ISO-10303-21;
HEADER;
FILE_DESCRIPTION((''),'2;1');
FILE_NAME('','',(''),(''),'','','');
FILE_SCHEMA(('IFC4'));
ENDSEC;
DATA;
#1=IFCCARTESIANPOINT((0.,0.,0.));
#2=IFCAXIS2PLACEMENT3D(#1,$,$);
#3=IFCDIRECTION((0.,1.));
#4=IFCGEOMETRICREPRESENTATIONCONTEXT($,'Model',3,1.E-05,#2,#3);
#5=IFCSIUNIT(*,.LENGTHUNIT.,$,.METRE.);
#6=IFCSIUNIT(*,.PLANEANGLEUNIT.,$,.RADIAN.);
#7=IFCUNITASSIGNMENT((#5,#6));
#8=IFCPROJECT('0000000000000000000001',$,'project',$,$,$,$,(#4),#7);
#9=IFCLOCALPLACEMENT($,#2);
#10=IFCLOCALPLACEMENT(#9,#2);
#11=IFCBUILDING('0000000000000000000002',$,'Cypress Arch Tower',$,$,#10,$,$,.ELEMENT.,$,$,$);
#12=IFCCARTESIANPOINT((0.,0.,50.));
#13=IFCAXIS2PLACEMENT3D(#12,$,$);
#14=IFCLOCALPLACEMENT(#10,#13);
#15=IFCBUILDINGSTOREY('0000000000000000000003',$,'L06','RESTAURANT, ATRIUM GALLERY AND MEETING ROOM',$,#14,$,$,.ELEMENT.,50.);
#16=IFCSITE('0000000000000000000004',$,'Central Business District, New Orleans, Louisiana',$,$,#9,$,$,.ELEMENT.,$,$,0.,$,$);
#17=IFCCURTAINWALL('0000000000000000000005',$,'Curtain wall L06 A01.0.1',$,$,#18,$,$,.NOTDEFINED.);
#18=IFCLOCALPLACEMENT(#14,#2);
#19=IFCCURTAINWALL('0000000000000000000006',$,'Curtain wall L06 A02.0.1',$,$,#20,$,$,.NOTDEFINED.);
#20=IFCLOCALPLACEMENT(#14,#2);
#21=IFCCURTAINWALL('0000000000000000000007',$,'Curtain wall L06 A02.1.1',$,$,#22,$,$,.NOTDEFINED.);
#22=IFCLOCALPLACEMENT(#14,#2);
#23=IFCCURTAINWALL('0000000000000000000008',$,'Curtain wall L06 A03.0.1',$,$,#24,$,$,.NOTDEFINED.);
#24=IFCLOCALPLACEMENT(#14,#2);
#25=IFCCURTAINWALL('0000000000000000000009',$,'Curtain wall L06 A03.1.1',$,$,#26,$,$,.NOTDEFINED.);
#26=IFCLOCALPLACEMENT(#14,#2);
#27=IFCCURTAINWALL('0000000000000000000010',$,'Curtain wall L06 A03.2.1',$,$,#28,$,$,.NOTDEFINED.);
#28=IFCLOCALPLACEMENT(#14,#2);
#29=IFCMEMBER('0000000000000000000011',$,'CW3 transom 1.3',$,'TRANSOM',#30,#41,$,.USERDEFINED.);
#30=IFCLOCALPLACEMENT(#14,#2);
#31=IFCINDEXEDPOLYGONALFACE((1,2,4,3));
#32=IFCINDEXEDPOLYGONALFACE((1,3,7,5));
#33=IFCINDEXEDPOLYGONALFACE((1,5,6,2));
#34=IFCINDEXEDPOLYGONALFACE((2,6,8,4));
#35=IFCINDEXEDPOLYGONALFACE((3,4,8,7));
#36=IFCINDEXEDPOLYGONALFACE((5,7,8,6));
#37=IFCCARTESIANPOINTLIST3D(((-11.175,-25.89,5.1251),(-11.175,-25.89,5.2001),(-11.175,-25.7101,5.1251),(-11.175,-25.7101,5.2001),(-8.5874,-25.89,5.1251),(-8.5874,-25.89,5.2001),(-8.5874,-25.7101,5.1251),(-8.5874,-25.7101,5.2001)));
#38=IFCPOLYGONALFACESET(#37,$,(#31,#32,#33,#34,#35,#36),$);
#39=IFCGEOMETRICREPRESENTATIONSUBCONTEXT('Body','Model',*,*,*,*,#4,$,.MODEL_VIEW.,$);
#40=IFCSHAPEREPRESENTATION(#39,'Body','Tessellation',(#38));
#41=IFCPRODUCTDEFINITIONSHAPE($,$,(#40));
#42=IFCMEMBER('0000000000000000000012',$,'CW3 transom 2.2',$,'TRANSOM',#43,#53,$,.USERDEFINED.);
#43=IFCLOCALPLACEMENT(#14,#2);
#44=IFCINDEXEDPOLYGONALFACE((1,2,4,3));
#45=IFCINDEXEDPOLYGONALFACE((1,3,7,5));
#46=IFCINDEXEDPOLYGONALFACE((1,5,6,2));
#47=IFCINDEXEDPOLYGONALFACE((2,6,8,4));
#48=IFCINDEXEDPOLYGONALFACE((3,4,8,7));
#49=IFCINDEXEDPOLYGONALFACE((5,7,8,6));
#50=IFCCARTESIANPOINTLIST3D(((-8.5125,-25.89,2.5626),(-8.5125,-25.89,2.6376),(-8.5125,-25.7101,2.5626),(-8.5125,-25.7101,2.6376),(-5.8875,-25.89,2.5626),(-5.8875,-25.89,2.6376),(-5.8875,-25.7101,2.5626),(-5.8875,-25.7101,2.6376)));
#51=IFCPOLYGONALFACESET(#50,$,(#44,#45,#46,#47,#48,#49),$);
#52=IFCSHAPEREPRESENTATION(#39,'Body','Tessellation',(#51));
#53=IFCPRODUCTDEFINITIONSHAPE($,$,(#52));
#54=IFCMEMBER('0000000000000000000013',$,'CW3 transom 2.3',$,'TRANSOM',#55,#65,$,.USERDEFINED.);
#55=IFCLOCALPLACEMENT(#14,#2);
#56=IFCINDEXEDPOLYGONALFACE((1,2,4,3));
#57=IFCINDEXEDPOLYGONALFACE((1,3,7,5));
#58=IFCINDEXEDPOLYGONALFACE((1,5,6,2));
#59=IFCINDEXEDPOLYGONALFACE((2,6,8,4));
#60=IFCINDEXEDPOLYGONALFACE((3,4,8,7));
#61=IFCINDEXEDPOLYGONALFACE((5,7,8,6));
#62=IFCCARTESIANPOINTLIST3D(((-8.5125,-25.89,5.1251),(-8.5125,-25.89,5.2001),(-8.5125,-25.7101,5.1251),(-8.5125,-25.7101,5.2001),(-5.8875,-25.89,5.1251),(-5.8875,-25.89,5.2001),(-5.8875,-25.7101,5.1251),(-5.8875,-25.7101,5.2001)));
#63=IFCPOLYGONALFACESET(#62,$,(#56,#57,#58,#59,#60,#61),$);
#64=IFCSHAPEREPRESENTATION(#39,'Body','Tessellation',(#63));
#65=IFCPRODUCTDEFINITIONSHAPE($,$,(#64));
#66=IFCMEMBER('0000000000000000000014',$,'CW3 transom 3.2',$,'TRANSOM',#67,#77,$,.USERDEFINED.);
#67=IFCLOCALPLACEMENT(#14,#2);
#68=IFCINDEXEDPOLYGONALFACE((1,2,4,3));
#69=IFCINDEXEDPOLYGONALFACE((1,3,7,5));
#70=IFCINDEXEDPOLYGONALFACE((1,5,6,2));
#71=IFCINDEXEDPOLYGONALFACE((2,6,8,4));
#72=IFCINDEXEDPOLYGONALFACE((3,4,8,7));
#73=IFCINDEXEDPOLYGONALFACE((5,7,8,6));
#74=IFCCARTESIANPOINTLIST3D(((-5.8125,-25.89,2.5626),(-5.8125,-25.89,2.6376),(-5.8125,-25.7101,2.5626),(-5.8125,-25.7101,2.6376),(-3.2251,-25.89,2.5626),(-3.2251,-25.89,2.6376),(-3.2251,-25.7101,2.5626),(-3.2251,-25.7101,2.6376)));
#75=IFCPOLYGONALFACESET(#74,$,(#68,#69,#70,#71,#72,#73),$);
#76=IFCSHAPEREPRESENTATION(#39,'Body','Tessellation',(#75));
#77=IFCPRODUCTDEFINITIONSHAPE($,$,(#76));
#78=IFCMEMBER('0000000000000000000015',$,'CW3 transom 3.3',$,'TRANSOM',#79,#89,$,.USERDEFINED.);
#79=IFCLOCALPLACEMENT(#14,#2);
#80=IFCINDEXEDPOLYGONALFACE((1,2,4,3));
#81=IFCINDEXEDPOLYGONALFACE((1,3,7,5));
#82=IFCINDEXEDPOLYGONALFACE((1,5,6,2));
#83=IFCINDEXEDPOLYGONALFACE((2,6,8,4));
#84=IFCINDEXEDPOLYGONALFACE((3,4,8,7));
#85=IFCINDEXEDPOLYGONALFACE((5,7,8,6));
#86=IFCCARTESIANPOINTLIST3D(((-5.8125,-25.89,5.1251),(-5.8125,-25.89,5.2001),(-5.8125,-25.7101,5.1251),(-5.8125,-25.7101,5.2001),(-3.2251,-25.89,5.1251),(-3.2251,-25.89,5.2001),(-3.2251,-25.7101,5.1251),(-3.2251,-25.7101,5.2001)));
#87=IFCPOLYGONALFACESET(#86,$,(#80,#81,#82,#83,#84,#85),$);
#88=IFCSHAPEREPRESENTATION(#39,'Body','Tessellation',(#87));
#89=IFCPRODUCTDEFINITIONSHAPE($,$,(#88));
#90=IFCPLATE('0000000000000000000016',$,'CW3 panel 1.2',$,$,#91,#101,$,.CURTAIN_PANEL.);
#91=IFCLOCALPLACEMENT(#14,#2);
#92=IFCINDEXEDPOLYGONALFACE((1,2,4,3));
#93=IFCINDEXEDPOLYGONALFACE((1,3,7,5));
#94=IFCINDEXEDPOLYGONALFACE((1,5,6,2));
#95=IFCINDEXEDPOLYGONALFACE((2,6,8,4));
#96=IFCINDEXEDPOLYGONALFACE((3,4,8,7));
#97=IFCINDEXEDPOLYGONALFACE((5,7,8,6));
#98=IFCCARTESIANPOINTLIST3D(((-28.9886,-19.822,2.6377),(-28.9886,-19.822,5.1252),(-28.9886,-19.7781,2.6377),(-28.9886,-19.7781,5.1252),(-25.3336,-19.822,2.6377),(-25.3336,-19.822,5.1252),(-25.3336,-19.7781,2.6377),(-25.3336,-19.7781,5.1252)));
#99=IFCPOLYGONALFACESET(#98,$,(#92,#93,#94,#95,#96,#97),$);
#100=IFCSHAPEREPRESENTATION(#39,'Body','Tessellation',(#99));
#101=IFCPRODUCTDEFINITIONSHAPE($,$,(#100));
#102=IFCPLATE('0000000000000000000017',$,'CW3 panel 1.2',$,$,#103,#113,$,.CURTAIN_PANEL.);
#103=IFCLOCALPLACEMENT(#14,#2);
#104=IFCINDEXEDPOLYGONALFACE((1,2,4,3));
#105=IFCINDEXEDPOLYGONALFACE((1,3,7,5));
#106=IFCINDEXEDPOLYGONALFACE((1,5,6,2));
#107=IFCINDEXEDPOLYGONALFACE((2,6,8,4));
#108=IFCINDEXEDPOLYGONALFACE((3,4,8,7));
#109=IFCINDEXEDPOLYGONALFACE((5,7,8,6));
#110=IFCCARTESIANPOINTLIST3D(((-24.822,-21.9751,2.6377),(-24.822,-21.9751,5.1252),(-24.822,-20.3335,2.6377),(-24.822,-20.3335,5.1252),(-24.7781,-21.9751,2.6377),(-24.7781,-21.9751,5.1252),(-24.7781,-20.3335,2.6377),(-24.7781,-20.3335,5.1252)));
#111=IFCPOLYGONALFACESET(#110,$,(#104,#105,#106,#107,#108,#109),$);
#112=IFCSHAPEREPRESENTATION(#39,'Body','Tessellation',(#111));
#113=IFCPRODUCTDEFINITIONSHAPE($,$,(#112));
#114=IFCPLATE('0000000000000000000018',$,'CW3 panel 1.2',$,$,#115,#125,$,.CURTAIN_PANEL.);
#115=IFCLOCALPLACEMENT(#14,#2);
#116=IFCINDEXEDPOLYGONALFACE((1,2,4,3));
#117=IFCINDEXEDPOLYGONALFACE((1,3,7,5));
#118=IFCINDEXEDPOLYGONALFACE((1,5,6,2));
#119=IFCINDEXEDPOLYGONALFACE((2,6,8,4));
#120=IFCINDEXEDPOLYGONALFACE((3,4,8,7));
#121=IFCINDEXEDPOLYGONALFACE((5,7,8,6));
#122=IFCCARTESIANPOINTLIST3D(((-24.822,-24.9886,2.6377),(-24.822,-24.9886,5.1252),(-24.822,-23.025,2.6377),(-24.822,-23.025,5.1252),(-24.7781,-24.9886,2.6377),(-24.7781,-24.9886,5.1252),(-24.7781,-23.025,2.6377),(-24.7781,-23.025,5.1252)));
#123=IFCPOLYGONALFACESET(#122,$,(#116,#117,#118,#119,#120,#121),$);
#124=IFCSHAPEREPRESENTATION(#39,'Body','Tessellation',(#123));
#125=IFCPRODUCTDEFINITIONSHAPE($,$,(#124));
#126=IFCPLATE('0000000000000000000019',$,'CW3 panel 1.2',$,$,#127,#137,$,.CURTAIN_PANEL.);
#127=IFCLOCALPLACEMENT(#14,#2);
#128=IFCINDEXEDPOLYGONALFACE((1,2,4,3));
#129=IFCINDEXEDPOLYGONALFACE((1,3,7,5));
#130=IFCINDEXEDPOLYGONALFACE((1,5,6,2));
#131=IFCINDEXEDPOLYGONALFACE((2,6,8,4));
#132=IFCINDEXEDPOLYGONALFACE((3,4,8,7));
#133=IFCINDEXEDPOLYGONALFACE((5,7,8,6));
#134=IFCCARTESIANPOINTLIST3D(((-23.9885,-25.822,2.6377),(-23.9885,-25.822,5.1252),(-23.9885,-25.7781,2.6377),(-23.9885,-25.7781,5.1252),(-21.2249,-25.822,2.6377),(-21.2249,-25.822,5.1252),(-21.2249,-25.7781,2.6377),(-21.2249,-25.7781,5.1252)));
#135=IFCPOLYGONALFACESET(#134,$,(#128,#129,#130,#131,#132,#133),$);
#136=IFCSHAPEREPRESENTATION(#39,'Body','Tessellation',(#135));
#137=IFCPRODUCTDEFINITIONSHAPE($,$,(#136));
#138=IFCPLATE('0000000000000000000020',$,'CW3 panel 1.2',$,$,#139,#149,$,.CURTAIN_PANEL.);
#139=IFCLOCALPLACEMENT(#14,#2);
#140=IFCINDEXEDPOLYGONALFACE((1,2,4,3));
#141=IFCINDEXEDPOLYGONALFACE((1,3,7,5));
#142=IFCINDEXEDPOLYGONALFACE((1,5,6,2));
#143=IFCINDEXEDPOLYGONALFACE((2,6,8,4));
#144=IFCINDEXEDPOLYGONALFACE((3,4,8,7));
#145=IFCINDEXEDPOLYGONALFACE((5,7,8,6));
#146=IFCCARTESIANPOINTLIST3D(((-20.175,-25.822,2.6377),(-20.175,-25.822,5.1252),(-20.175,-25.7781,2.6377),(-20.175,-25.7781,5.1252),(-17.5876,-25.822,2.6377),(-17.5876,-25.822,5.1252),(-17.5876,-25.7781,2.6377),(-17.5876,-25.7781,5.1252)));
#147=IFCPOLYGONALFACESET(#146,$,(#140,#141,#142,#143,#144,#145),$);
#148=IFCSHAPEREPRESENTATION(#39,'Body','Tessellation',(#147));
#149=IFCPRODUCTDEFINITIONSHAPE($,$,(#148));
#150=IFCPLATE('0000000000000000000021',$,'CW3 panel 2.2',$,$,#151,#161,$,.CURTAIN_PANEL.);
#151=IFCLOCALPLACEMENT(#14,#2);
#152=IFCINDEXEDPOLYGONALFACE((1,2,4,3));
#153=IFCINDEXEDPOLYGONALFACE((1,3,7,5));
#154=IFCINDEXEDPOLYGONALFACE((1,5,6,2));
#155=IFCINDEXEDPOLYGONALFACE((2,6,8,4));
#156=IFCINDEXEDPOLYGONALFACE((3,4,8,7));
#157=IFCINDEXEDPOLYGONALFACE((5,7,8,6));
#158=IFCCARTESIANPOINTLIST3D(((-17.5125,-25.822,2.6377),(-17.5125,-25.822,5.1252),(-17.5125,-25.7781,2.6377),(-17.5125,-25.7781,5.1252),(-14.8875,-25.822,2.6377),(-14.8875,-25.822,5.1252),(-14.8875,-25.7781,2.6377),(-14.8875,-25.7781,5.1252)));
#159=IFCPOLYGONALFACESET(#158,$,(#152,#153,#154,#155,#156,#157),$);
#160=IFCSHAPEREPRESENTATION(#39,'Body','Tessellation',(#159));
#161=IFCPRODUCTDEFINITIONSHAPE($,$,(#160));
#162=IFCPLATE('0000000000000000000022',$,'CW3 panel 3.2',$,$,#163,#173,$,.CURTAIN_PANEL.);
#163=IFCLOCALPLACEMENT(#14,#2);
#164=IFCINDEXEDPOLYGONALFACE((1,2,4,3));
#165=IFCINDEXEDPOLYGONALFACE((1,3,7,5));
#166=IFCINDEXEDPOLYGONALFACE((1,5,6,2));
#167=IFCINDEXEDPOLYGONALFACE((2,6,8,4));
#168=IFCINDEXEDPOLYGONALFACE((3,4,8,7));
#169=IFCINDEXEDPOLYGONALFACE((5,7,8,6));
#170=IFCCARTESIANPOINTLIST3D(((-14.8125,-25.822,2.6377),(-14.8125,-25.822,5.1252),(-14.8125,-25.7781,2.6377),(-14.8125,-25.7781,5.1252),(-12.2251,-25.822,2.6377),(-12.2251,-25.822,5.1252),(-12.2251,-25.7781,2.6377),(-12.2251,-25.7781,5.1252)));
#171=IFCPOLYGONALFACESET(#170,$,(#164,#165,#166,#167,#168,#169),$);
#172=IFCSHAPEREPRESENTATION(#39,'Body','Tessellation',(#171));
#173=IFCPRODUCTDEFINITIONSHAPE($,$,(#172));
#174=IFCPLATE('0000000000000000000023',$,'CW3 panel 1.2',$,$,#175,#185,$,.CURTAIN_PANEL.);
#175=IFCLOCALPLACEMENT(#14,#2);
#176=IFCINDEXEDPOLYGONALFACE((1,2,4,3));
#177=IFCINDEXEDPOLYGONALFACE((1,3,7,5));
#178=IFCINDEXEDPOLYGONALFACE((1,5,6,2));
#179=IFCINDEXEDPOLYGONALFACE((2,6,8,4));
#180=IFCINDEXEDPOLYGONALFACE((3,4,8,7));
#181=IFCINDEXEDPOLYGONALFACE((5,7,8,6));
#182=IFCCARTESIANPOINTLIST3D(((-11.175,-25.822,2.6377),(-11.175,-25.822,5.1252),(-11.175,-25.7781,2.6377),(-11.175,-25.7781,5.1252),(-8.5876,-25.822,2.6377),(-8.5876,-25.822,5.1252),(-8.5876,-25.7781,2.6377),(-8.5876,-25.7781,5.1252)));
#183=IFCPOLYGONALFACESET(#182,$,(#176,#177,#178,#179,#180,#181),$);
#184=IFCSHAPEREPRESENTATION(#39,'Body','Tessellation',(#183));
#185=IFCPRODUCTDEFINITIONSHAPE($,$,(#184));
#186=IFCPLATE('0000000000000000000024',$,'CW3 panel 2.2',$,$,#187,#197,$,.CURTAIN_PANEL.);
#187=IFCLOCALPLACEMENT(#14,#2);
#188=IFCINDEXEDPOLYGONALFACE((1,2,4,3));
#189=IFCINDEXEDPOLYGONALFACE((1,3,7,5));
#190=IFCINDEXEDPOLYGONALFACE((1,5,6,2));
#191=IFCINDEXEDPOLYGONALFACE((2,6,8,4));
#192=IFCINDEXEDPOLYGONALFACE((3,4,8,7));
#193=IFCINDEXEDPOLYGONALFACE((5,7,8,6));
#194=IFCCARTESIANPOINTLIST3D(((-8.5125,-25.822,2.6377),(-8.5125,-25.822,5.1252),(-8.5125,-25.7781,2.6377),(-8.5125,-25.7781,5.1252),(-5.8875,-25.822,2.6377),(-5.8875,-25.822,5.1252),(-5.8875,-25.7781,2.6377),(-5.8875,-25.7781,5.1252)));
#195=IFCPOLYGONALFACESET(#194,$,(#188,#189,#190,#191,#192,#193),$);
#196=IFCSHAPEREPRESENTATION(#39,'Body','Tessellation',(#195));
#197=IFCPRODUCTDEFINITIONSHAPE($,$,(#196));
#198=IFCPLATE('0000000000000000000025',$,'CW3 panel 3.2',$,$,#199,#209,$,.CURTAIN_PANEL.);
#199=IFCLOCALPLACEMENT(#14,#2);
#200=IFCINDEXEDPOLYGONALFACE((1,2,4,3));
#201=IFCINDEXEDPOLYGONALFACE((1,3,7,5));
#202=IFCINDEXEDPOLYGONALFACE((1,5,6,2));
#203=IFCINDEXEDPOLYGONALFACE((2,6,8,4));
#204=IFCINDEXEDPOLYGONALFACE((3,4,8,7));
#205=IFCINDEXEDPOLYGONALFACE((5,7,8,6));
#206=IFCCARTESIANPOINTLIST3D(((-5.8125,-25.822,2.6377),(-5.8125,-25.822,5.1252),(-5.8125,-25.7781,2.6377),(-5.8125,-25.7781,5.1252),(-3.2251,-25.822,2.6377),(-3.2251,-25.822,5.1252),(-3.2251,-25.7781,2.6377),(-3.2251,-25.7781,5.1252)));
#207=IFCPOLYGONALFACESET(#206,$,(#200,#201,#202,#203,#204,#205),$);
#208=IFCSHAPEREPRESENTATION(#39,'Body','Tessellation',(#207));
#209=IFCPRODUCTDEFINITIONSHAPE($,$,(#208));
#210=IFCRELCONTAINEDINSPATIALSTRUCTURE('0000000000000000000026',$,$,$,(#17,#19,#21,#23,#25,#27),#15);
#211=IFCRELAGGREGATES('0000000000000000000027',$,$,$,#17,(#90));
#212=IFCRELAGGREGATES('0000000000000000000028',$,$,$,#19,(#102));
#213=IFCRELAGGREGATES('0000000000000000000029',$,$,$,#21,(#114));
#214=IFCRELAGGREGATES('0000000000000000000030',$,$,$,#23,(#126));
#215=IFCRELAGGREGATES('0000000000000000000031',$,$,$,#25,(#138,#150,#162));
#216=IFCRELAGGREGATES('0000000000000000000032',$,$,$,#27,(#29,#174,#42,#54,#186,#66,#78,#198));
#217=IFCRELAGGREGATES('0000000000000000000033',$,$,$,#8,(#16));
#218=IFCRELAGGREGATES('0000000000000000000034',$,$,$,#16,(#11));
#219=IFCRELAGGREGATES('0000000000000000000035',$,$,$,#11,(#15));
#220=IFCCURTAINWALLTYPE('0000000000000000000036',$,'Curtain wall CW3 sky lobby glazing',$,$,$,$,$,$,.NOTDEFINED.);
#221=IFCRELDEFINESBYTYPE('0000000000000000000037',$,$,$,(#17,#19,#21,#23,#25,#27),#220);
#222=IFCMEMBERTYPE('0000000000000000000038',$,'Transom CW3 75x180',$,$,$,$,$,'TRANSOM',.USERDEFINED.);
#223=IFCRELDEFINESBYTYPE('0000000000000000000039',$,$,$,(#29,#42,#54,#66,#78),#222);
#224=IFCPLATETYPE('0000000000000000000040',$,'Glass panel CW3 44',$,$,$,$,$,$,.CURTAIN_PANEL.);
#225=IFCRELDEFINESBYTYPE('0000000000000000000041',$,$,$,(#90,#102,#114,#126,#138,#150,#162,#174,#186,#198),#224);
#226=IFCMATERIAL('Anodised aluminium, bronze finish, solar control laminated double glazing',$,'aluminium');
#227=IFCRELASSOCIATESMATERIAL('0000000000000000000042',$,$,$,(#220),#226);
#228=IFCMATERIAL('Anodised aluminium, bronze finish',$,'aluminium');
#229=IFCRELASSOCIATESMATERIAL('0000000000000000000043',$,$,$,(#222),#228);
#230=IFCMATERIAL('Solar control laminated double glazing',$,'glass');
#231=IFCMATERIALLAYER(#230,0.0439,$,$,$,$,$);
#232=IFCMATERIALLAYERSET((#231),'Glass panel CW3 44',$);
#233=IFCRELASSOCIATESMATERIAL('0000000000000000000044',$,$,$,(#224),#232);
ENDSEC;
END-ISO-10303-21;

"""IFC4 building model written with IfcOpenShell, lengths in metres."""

from ifc_helpers import new_model, si_unit, direction, frame, origin, origin_2d, place, context, subcontext, project, spatial, rectangle, extrude, material, layer, layer_set, material_profile, profile_set, type_object, element, aggregate, save


model = new_model("IFC4")

# Units and contexts
model_context = context("Model", 3, precision=1e-05, world=origin(), true_north=direction((0.0, 1.0)))
body_context = subcontext(model_context, "Body", "Model", "MODEL_VIEW")
ifc_project = project(units=[si_unit("LENGTHUNIT", "METRE"), si_unit("PLANEANGLEUNIT", "RADIAN")], contexts=[model_context])

# Site, building, storey
site_placement = place(None, origin())
site = spatial("IfcSite", under=ifc_project, at=site_placement, Name="Central Business District, New Orleans, Louisiana", CompositionType="ELEMENT", RefElevation=0.0)
building_placement = place(site_placement, origin())
building = spatial("IfcBuilding", under=site, at=building_placement, Name="Cypress Arch Tower", CompositionType="ELEMENT")
storey_placement = place(building_placement, frame((0.0, 0.0, 50.0)))
storey = spatial("IfcBuildingStorey", under=building, at=storey_placement, Name="L06", Description="RESTAURANT, ATRIUM GALLERY AND MEETING ROOM", CompositionType="ELEMENT", Elevation=50.0)

# Curtain walls, members
ifc_material_1 = material(Name="Anodised aluminium, bronze finish, solar control laminated double glazing", Category="aluminium")
curtain_wall_type = type_object("IfcCurtainWallType", Name="Curtain wall CW3 sky lobby glazing", PredefinedType="NOTDEFINED", material=ifc_material_1)
curtain_wall_1_placement = place(storey_placement, origin())
curtain_wall_1 = element("IfcCurtainWall", 1, at=curtain_wall_1_placement, inside=storey, type_object=curtain_wall_type, Name="Curtain wall L06 A01.0.1", PredefinedType="NOTDEFINED")
ifc_material_2 = material(Name="Anodised aluminium, bronze finish", Category="aluminium")
ifc_material_profile_1 = material_profile(ifc_material_2, rectangle(XDim=0.1799, YDim=0.075, at=origin_2d()), Name="Transom 75x180")
ifc_profile_set_1 = profile_set([ifc_material_profile_1], Name="Anodised aluminium, bronze finish")
member_type = type_object("IfcMemberType", Name="Transom CW3 75x180", ElementType="TRANSOM", PredefinedType="USERDEFINED", material=ifc_profile_set_1)
curtain_wall_2_placement = place(storey_placement, origin())
curtain_wall_2 = element("IfcCurtainWall", 2, at=curtain_wall_2_placement, inside=storey, type_object=curtain_wall_type, Name="Curtain wall L06 A02.0.1", PredefinedType="NOTDEFINED")
curtain_wall_3_placement = place(storey_placement, origin())
curtain_wall_3 = element("IfcCurtainWall", 3, at=curtain_wall_3_placement, inside=storey, type_object=curtain_wall_type, Name="Curtain wall L06 A02.1.1", PredefinedType="NOTDEFINED")
curtain_wall_4_placement = place(storey_placement, origin())
curtain_wall_4 = element("IfcCurtainWall", 4, at=curtain_wall_4_placement, inside=storey, type_object=curtain_wall_type, Name="Curtain wall L06 A03.0.1", PredefinedType="NOTDEFINED")
curtain_wall_5_placement = place(storey_placement, origin())
curtain_wall_5 = element("IfcCurtainWall", 5, at=curtain_wall_5_placement, inside=storey, type_object=curtain_wall_type, Name="Curtain wall L06 A03.1.1", PredefinedType="NOTDEFINED")
curtain_wall_6_placement = place(storey_placement, origin())
curtain_wall_6 = element("IfcCurtainWall", 6, at=curtain_wall_6_placement, inside=storey, type_object=curtain_wall_type, Name="Curtain wall L06 A03.2.1", PredefinedType="NOTDEFINED")
member_1_placement = place(storey_placement, frame((-11.175, -25.8, 5.1626), z_axis=(1.0, 0.0, 0.0), x_axis=(0.0, 1.0, 0.0)))
member_1 = element("IfcMember", 7, at=member_1_placement, type_object=member_type, Name="CW3 transom 1.3", ObjectType="TRANSOM", PredefinedType="USERDEFINED", context=body_context, shape_type="SweptSolid", body=[
    extrude(rectangle(XDim=0.1799, YDim=0.075, at=origin_2d()), origin(), (0.0, 0.0, 1.0), 2.5876),
])
member_2_placement = place(storey_placement, frame((-8.5125, -25.8, 2.6001), z_axis=(1.0, 0.0, 0.0), x_axis=(0.0, 1.0, 0.0)))
member_2 = element("IfcMember", 8, at=member_2_placement, type_object=member_type, Name="CW3 transom 2.2", ObjectType="TRANSOM", PredefinedType="USERDEFINED", context=body_context, shape_type="SweptSolid", body=[
    extrude(rectangle(XDim=0.1799, YDim=0.075, at=origin_2d()), origin(), (0.0, 0.0, 1.0), 2.625),
])
member_3_placement = place(storey_placement, frame((-8.5125, -25.8, 5.1626), z_axis=(1.0, 0.0, 0.0), x_axis=(0.0, 1.0, 0.0)))
member_3 = element("IfcMember", 9, at=member_3_placement, type_object=member_type, Name="CW3 transom 2.3", ObjectType="TRANSOM", PredefinedType="USERDEFINED", context=body_context, shape_type="SweptSolid", body=[
    extrude(rectangle(XDim=0.1799, YDim=0.075, at=origin_2d()), origin(), (0.0, 0.0, 1.0), 2.625),
])
member_4_placement = place(storey_placement, frame((-5.8125, -25.8, 2.6001), z_axis=(1.0, 0.0, 0.0), x_axis=(0.0, 1.0, 0.0)))
member_4 = element("IfcMember", 10, at=member_4_placement, type_object=member_type, Name="CW3 transom 3.2", ObjectType="TRANSOM", PredefinedType="USERDEFINED", context=body_context, shape_type="SweptSolid", body=[
    extrude(rectangle(XDim=0.1799, YDim=0.075, at=origin_2d()), origin(), (0.0, 0.0, 1.0), 2.5874),
])
member_5_placement = place(storey_placement, frame((-5.8125, -25.8, 5.1626), z_axis=(1.0, 0.0, 0.0), x_axis=(0.0, 1.0, 0.0)))
member_5 = element("IfcMember", 11, at=member_5_placement, type_object=member_type, Name="CW3 transom 3.3", ObjectType="TRANSOM", PredefinedType="USERDEFINED", context=body_context, shape_type="SweptSolid", body=[
    extrude(rectangle(XDim=0.1799, YDim=0.075, at=origin_2d()), origin(), (0.0, 0.0, 1.0), 2.5874),
])

# Plates
ifc_material_3 = material(Name="Solar control laminated double glazing", Category="glass")
ifc_layer = layer(ifc_material_3, 0.0439)
ifc_layer_set = layer_set([ifc_layer], Name="Glass panel CW3 44")
plate_type = type_object("IfcPlateType", Name="Glass panel CW3 44", PredefinedType="CURTAIN_PANEL", material=ifc_layer_set)
plate_1_placement = place(storey_placement, frame((-27.1611, -19.8, 2.6377), z_axis=(0.0, 0.0, 1.0), x_axis=(1.0, 0.0, 0.0)))
plate_1 = element("IfcPlate", 12, at=plate_1_placement, type_object=plate_type, Name="CW3 panel 1.2", PredefinedType="CURTAIN_PANEL", context=body_context, shape_type="SweptSolid", body=[
    extrude(rectangle(XDim=3.655, YDim=0.0439, at=origin_2d()), origin(), (0.0, 0.0, 1.0), 2.4875),
])
aggregate(curtain_wall_1, [plate_1])
plate_2_placement = place(storey_placement, frame((-24.8, -21.1543, 2.6377), z_axis=(0.0, 0.0, 1.0), x_axis=(0.0, -1.0, 0.0)))
plate_2 = element("IfcPlate", 13, at=plate_2_placement, type_object=plate_type, Name="CW3 panel 1.2", PredefinedType="CURTAIN_PANEL", context=body_context, shape_type="SweptSolid", body=[
    extrude(rectangle(XDim=1.6416, YDim=0.0439, at=origin_2d()), origin(), (0.0, 0.0, 1.0), 2.4875),
])
aggregate(curtain_wall_2, [plate_2])
plate_3_placement = place(storey_placement, frame((-24.8, -24.0068, 2.6377), z_axis=(0.0, 0.0, 1.0), x_axis=(0.0, -1.0, 0.0)))
plate_3 = element("IfcPlate", 14, at=plate_3_placement, type_object=plate_type, Name="CW3 panel 1.2", PredefinedType="CURTAIN_PANEL", context=body_context, shape_type="SweptSolid", body=[
    extrude(rectangle(XDim=1.9636, YDim=0.0439, at=origin_2d()), origin(), (0.0, 0.0, 1.0), 2.4875),
])
aggregate(curtain_wall_3, [plate_3])
plate_4_placement = place(storey_placement, frame((-22.6067, -25.8, 2.6377), z_axis=(0.0, 0.0, 1.0), x_axis=(1.0, 0.0, 0.0)))
plate_4 = element("IfcPlate", 15, at=plate_4_placement, type_object=plate_type, Name="CW3 panel 1.2", PredefinedType="CURTAIN_PANEL", context=body_context, shape_type="SweptSolid", body=[
    extrude(rectangle(XDim=2.7637, YDim=0.0439, at=origin_2d()), origin(), (0.0, 0.0, 1.0), 2.4875),
])
aggregate(curtain_wall_4, [plate_4])
plate_5_placement = place(storey_placement, frame((-18.8813, -25.8, 2.6377), z_axis=(0.0, 0.0, 1.0), x_axis=(1.0, 0.0, 0.0)))
plate_5 = element("IfcPlate", 16, at=plate_5_placement, type_object=plate_type, Name="CW3 panel 1.2", PredefinedType="CURTAIN_PANEL", context=body_context, shape_type="SweptSolid", body=[
    extrude(rectangle(XDim=2.5874, YDim=0.0439, at=origin_2d()), origin(), (0.0, 0.0, 1.0), 2.4875),
])
plate_6_placement = place(storey_placement, frame((-16.2, -25.8, 2.6377), z_axis=(0.0, 0.0, 1.0), x_axis=(1.0, 0.0, 0.0)))
plate_6 = element("IfcPlate", 17, at=plate_6_placement, type_object=plate_type, Name="CW3 panel 2.2", PredefinedType="CURTAIN_PANEL", context=body_context, shape_type="SweptSolid", body=[
    extrude(rectangle(XDim=2.625, YDim=0.0439, at=origin_2d()), origin(), (0.0, 0.0, 1.0), 2.4875),
])
plate_7_placement = place(storey_placement, frame((-13.5188, -25.8, 2.6377), z_axis=(0.0, 0.0, 1.0), x_axis=(1.0, 0.0, 0.0)))
plate_7 = element("IfcPlate", 18, at=plate_7_placement, type_object=plate_type, Name="CW3 panel 3.2", PredefinedType="CURTAIN_PANEL", context=body_context, shape_type="SweptSolid", body=[
    extrude(rectangle(XDim=2.5874, YDim=0.0439, at=origin_2d()), origin(), (0.0, 0.0, 1.0), 2.4875),
])
aggregate(curtain_wall_5, [plate_5, plate_6, plate_7])
plate_8_placement = place(storey_placement, frame((-9.8813, -25.8, 2.6377), z_axis=(0.0, 0.0, 1.0), x_axis=(1.0, 0.0, 0.0)))
plate_8 = element("IfcPlate", 19, at=plate_8_placement, type_object=plate_type, Name="CW3 panel 1.2", PredefinedType="CURTAIN_PANEL", context=body_context, shape_type="SweptSolid", body=[
    extrude(rectangle(XDim=2.5874, YDim=0.0439, at=origin_2d()), origin(), (0.0, 0.0, 1.0), 2.4875),
])
plate_9_placement = place(storey_placement, frame((-7.2, -25.8, 2.6377), z_axis=(0.0, 0.0, 1.0), x_axis=(1.0, 0.0, 0.0)))
plate_9 = element("IfcPlate", 20, at=plate_9_placement, type_object=plate_type, Name="CW3 panel 2.2", PredefinedType="CURTAIN_PANEL", context=body_context, shape_type="SweptSolid", body=[
    extrude(rectangle(XDim=2.625, YDim=0.0439, at=origin_2d()), origin(), (0.0, 0.0, 1.0), 2.4875),
])
plate_10_placement = place(storey_placement, frame((-4.5188, -25.8, 2.6377), z_axis=(0.0, 0.0, 1.0), x_axis=(1.0, 0.0, 0.0)))
plate_10 = element("IfcPlate", 21, at=plate_10_placement, type_object=plate_type, Name="CW3 panel 3.2", PredefinedType="CURTAIN_PANEL", context=body_context, shape_type="SweptSolid", body=[
    extrude(rectangle(XDim=2.5874, YDim=0.0439, at=origin_2d()), origin(), (0.0, 0.0, 1.0), 2.4875),
])
aggregate(curtain_wall_6, [member_1, plate_8, member_2, member_3, plate_9, member_4, member_5, plate_10])

save(model, "model.ifc")
